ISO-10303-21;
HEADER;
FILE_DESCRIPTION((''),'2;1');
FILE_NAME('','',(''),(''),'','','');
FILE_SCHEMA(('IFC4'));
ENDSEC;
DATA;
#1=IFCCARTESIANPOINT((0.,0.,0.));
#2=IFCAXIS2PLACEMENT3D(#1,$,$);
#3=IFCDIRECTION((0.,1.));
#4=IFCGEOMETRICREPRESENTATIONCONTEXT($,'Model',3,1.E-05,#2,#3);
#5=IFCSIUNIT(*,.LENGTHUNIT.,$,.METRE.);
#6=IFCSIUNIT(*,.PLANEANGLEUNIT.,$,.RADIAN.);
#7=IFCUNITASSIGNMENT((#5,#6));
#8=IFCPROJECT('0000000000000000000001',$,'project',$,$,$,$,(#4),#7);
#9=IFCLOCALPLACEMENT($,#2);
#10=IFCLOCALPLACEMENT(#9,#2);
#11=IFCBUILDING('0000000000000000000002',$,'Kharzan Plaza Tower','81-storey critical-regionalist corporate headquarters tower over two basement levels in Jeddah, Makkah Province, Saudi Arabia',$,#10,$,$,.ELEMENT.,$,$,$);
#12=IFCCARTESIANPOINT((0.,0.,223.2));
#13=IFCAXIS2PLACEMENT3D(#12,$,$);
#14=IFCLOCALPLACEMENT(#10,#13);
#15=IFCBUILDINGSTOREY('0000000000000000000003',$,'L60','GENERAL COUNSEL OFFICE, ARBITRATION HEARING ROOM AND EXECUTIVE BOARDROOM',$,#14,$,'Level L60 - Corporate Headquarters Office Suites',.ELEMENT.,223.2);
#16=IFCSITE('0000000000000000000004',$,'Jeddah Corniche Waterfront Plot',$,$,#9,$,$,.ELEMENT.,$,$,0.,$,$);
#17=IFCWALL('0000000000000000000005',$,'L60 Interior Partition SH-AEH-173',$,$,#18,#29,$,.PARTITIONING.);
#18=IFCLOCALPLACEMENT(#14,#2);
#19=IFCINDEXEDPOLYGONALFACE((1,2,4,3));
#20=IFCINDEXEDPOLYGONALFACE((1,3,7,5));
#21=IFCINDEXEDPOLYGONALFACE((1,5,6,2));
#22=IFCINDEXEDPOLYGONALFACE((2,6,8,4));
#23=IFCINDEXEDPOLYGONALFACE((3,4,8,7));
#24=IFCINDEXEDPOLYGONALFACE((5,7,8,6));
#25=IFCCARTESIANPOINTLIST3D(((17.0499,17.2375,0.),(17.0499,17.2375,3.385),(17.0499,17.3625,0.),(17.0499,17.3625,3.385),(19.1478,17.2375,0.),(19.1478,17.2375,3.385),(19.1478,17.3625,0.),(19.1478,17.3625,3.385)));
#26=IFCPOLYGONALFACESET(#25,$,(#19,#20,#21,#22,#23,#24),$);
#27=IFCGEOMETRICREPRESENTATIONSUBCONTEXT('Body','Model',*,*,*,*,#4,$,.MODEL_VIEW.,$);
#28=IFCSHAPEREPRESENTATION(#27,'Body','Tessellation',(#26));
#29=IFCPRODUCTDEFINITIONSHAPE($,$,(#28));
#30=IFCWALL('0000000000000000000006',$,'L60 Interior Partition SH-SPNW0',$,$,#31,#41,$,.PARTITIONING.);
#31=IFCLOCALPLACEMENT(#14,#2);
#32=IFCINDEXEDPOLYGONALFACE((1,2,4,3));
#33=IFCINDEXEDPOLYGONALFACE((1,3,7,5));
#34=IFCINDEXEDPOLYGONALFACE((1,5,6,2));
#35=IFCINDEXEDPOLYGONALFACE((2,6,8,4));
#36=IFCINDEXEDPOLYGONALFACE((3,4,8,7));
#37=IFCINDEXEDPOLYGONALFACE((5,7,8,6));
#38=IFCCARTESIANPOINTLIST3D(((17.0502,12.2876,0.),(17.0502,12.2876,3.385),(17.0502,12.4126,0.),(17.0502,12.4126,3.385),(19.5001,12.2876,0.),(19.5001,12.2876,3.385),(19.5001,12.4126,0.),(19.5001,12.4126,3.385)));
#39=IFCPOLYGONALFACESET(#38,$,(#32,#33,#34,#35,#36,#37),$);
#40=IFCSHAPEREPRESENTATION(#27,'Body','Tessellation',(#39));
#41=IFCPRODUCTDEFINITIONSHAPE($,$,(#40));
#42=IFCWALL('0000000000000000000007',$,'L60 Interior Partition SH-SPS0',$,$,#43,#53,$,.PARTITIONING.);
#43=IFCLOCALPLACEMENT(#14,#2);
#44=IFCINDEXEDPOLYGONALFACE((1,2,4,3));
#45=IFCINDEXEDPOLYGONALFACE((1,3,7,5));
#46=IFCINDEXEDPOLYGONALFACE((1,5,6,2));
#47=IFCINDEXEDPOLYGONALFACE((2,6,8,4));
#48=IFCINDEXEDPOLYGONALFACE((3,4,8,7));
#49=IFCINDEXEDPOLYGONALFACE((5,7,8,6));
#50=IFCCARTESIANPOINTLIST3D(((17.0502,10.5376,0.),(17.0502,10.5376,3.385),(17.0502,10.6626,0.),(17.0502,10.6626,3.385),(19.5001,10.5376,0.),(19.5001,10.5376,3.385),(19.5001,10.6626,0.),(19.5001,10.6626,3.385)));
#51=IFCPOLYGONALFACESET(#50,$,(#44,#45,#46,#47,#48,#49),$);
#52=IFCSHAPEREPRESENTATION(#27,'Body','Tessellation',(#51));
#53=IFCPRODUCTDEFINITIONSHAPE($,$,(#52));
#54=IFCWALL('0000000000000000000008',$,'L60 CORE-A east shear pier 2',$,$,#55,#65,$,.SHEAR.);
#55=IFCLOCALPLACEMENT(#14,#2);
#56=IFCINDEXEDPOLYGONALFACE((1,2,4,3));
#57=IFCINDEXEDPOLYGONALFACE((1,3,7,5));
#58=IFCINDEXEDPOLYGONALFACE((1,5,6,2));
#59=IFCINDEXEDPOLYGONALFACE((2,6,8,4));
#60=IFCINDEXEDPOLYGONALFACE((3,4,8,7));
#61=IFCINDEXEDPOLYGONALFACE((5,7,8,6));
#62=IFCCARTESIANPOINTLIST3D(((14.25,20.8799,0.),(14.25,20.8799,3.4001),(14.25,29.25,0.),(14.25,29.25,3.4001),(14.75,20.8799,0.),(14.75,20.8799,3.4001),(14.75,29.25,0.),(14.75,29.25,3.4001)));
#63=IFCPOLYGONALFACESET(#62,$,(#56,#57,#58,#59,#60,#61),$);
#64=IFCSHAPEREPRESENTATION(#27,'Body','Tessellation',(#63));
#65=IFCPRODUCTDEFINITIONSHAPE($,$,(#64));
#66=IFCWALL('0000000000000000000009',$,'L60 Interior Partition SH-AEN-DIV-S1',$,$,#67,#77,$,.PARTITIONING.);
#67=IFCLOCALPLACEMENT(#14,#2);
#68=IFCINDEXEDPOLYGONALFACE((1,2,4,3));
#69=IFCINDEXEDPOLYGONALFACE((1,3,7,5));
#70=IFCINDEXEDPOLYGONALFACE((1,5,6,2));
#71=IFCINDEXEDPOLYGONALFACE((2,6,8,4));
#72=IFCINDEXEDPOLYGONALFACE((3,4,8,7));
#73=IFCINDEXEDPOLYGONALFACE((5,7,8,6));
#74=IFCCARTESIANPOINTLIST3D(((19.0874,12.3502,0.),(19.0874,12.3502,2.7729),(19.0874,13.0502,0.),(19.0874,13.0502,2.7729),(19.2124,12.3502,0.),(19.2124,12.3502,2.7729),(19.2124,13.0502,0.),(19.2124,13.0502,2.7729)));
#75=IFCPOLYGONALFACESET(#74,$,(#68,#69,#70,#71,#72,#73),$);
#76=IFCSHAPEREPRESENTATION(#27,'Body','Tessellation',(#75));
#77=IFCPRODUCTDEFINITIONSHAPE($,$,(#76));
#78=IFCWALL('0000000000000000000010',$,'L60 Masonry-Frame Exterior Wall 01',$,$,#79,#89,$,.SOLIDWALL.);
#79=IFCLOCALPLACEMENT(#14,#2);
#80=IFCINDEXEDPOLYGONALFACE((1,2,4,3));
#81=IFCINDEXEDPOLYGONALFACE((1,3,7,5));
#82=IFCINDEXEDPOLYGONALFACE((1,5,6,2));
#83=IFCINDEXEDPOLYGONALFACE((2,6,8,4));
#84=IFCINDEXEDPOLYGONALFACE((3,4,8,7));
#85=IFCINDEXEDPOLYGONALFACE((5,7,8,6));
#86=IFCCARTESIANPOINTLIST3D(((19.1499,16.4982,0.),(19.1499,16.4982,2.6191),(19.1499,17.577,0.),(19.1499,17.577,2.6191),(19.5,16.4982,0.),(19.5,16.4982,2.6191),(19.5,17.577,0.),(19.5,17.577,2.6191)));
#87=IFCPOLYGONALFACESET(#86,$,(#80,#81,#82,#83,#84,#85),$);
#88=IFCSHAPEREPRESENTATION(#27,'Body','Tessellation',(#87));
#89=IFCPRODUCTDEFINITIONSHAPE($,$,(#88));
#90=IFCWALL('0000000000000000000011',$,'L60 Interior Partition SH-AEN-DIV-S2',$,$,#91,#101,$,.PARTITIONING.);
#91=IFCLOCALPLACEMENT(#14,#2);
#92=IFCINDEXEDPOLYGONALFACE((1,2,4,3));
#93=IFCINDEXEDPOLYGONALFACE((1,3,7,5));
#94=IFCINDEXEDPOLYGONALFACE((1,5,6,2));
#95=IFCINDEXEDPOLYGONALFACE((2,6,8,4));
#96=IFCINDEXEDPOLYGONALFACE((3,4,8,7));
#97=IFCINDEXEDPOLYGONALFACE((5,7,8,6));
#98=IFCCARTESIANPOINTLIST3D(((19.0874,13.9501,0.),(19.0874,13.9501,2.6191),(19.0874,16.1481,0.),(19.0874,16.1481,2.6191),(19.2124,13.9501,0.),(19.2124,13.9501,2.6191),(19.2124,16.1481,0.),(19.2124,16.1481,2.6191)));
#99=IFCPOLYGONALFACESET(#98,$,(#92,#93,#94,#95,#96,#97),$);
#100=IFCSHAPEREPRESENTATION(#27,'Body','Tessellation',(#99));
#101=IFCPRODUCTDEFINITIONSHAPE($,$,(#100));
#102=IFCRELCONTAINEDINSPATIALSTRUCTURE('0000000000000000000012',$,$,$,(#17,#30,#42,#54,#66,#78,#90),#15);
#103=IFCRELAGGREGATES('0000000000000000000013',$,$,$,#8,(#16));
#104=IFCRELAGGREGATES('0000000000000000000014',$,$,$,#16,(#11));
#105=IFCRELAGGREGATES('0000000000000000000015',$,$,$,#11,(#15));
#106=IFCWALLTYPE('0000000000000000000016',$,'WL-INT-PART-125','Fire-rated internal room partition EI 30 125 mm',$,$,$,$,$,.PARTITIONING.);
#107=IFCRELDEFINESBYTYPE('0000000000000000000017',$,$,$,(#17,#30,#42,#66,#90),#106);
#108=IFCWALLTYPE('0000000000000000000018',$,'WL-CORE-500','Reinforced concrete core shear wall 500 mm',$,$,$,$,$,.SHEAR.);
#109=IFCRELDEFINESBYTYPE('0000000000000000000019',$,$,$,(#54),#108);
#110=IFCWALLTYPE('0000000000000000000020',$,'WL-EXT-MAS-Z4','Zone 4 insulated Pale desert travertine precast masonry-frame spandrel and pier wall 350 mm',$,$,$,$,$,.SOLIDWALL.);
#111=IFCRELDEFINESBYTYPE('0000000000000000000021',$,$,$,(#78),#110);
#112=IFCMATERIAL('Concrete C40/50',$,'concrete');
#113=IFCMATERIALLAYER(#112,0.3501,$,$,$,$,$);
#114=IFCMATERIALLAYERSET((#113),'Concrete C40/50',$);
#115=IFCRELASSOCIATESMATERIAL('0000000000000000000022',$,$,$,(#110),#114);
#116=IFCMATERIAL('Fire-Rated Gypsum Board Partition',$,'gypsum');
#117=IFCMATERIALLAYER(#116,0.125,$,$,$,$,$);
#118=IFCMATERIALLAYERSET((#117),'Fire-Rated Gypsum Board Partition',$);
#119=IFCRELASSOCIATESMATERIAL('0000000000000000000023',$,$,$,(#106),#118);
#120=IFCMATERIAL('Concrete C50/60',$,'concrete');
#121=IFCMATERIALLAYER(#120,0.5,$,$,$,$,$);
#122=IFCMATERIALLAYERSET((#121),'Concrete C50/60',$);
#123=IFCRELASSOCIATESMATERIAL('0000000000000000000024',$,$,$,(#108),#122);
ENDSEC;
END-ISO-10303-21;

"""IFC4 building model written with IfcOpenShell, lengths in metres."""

from ifc_helpers import new_model, si_unit, direction, frame, frame_2d, origin, place, context, subcontext, project, spatial, rectangle, extrude, source, transform, mapped, material, layer, layer_set, type_object, element, save


model = new_model("IFC4")

# Units and contexts
model_context = context("Model", 3, precision=1e-05, world=origin(), true_north=direction((0.0, 1.0)))
body_context = subcontext(model_context, "Body", "Model", "MODEL_VIEW")
ifc_project = project(units=[si_unit("LENGTHUNIT", "METRE"), si_unit("PLANEANGLEUNIT", "RADIAN")], contexts=[model_context])

# Site, building, storey
site_placement = place(None, origin())
site = spatial("IfcSite", under=ifc_project, at=site_placement, Name="Jeddah Corniche Waterfront Plot", CompositionType="ELEMENT", RefElevation=0.0)
building_placement = place(site_placement, origin())
building = spatial("IfcBuilding", under=site, at=building_placement, Name="Kharzan Plaza Tower", Description="81-storey critical-regionalist corporate headquarters tower over two basement levels in Jeddah, Makkah Province, Saudi Arabia", CompositionType="ELEMENT")
storey_placement = place(building_placement, frame((0.0, 0.0, 223.2)))
storey = spatial("IfcBuildingStorey", under=building, at=storey_placement, Name="L60", Description="GENERAL COUNSEL OFFICE, ARBITRATION HEARING ROOM AND EXECUTIVE BOARDROOM", LongName="Level L60 - Corporate Headquarters Office Suites", CompositionType="ELEMENT", Elevation=223.2)

# Shared definitions
ifc_material_1 = material(Name="Concrete C50/60", Category="concrete")

# Shared definitions
ifc_material_2 = material(Name="Concrete C40/50", Category="concrete")
ifc_layer_1 = layer(ifc_material_2, 0.3501)
ifc_layer_set_1 = layer_set([ifc_layer_1], Name="Concrete C40/50")
wall_type_1 = type_object("IfcWallType", Name="WL-EXT-MAS-Z4", Description="Zone 4 insulated Pale desert travertine precast masonry-frame spandrel and pier wall 350 mm", PredefinedType="SOLIDWALL", material=ifc_layer_set_1)

# Shared definitions
ifc_material_3 = material(Name="Fire-Rated Gypsum Board Partition", Category="gypsum")
ifc_layer_2 = layer(ifc_material_3, 0.125)
ifc_layer_set_2 = layer_set([ifc_layer_2], Name="Fire-Rated Gypsum Board Partition")
wall_type_2 = type_object("IfcWallType", Name="WL-INT-PART-125", Description="Fire-rated internal room partition EI 30 125 mm", PredefinedType="PARTITIONING", material=ifc_layer_set_2)

# Walls
shared_shape_1 = source(origin(), body_context, "Body", "SweptSolid", [
    extrude(rectangle(XDim=2.0979, YDim=0.125, at=frame_2d((1.0488, 0.0))), origin(), (0.0, 0.0, 1.0), 3.385),
])
wall_1_placement = place(storey_placement, frame((17.05, 17.3, 0.0), z_axis=(0.0, 0.0, 1.0), x_axis=(1.0, 0.0, 0.0)))
element("IfcWall", 1, at=wall_1_placement, inside=storey, type_object=wall_type_2, Name="L60 Interior Partition SH-AEH-173", PredefinedType="PARTITIONING", context=body_context, shape_type="MappedRepresentation", body=[
    mapped(shared_shape_1, transform((0.0, 0.0, 0.0), x_axis=(1.0, 0.0, 0.0), y_axis=(0.0, 1.0, 0.0), z_axis=(0.0, 0.0, 1.0))),
])
shared_shape_2 = source(origin(), body_context, "Body", "SweptSolid", [
    extrude(rectangle(XDim=2.45, YDim=0.125, at=frame_2d((1.2251, 0.0))), origin(), (0.0, 0.0, 1.0), 3.385),
])
for number, where, z_axis, x_axis, name in (
    (2, (17.05, 12.3501, 0.0), (0.0, 0.0, 1.0), (1.0, 0.0, 0.0), "L60 Interior Partition SH-SPNW0"),
    (3, (17.05, 10.6001, 0.0), (0.0, 0.0, 1.0), (1.0, 0.0, 0.0), "L60 Interior Partition SH-SPS0"),
):
    element("IfcWall", number, at=place(storey_placement, frame(where, z_axis=z_axis, x_axis=x_axis)), inside=storey, type_object=wall_type_2, Name=name, PredefinedType="PARTITIONING", context=body_context, shape_type="MappedRepresentation", body=[
        mapped(shared_shape_2, transform((0.0, 0.0, 0.0), x_axis=(1.0, 0.0, 0.0), y_axis=(0.0, 1.0, 0.0), z_axis=(0.0, 0.0, 1.0))),
    ])
ifc_layer_3 = layer(ifc_material_1, 0.5)
ifc_layer_set_3 = layer_set([ifc_layer_3], Name="Concrete C50/60")
wall_type_3 = type_object("IfcWallType", Name="WL-CORE-500", Description="Reinforced concrete core shear wall 500 mm", PredefinedType="SHEAR", material=ifc_layer_set_3)
shared_shape_3 = source(origin(), body_context, "Body", "SweptSolid", [
    extrude(rectangle(XDim=8.3701, YDim=0.5, at=frame_2d((4.1851, 0.0))), origin(), (0.0, 0.0, 1.0), 3.4001),
])
wall_2_placement = place(storey_placement, frame((14.5, 20.8799, 0.0), z_axis=(0.0, 0.0, 1.0), x_axis=(0.0, 1.0, 0.0)))
element("IfcWall", 4, at=wall_2_placement, inside=storey, type_object=wall_type_3, Name="L60 CORE-A east shear pier 2", PredefinedType="SHEAR", context=body_context, shape_type="MappedRepresentation", body=[
    mapped(shared_shape_3, transform((0.0, 0.0, 0.0), x_axis=(1.0, 0.0, 0.0), y_axis=(0.0, 1.0, 0.0), z_axis=(0.0, 0.0, 1.0))),
])
shared_shape_4 = source(origin(), body_context, "Body", "SweptSolid", [
    extrude(rectangle(XDim=0.7, YDim=0.125, at=frame_2d((0.3501, 0.0))), origin(), (0.0, 0.0, 1.0), 2.7729),
])
wall_3_placement = place(storey_placement, frame((19.1499, 12.3501, 0.0), z_axis=(0.0, 0.0, 1.0), x_axis=(0.0, 1.0, 0.0)))
element("IfcWall", 5, at=wall_3_placement, inside=storey, type_object=wall_type_2, Name="L60 Interior Partition SH-AEN-DIV-S1", PredefinedType="PARTITIONING", context=body_context, shape_type="MappedRepresentation", body=[
    mapped(shared_shape_4, transform((0.0, 0.0, 0.0), x_axis=(1.0, 0.0, 0.0), y_axis=(0.0, 1.0, 0.0), z_axis=(0.0, 0.0, 1.0))),
])
shared_shape_5 = source(origin(), body_context, "Body", "SweptSolid", [
    extrude(rectangle(XDim=1.0789, YDim=0.3501, at=frame_2d((0.5396, 0.0))), origin(), (0.0, 0.0, 1.0), 2.6191),
])
wall_4_placement = place(storey_placement, frame((19.325, 16.498, 0.0), z_axis=(0.0, 0.0, 1.0), x_axis=(0.0, 1.0, 0.0)))
element("IfcWall", 6, at=wall_4_placement, inside=storey, type_object=wall_type_1, Name="L60 Masonry-Frame Exterior Wall 01", PredefinedType="SOLIDWALL", context=body_context, shape_type="MappedRepresentation", body=[
    mapped(shared_shape_5, transform((0.0, 0.0, 0.0), x_axis=(1.0, 0.0, 0.0), y_axis=(0.0, 1.0, 0.0), z_axis=(0.0, 0.0, 1.0))),
])
shared_shape_6 = source(origin(), body_context, "Body", "SweptSolid", [
    extrude(rectangle(XDim=2.198, YDim=0.125, at=frame_2d((1.0991, 0.0))), origin(), (0.0, 0.0, 1.0), 2.6191),
])
wall_5_placement = place(storey_placement, frame((19.1499, 13.95, 0.0), z_axis=(0.0, 0.0, 1.0), x_axis=(0.0, 1.0, 0.0)))
element("IfcWall", 7, at=wall_5_placement, inside=storey, type_object=wall_type_2, Name="L60 Interior Partition SH-AEN-DIV-S2", PredefinedType="PARTITIONING", context=body_context, shape_type="MappedRepresentation", body=[
    mapped(shared_shape_6, transform((0.0, 0.0, 0.0), x_axis=(1.0, 0.0, 0.0), y_axis=(0.0, 1.0, 0.0), z_axis=(0.0, 0.0, 1.0))),
])

save(model, "model.ifc")
